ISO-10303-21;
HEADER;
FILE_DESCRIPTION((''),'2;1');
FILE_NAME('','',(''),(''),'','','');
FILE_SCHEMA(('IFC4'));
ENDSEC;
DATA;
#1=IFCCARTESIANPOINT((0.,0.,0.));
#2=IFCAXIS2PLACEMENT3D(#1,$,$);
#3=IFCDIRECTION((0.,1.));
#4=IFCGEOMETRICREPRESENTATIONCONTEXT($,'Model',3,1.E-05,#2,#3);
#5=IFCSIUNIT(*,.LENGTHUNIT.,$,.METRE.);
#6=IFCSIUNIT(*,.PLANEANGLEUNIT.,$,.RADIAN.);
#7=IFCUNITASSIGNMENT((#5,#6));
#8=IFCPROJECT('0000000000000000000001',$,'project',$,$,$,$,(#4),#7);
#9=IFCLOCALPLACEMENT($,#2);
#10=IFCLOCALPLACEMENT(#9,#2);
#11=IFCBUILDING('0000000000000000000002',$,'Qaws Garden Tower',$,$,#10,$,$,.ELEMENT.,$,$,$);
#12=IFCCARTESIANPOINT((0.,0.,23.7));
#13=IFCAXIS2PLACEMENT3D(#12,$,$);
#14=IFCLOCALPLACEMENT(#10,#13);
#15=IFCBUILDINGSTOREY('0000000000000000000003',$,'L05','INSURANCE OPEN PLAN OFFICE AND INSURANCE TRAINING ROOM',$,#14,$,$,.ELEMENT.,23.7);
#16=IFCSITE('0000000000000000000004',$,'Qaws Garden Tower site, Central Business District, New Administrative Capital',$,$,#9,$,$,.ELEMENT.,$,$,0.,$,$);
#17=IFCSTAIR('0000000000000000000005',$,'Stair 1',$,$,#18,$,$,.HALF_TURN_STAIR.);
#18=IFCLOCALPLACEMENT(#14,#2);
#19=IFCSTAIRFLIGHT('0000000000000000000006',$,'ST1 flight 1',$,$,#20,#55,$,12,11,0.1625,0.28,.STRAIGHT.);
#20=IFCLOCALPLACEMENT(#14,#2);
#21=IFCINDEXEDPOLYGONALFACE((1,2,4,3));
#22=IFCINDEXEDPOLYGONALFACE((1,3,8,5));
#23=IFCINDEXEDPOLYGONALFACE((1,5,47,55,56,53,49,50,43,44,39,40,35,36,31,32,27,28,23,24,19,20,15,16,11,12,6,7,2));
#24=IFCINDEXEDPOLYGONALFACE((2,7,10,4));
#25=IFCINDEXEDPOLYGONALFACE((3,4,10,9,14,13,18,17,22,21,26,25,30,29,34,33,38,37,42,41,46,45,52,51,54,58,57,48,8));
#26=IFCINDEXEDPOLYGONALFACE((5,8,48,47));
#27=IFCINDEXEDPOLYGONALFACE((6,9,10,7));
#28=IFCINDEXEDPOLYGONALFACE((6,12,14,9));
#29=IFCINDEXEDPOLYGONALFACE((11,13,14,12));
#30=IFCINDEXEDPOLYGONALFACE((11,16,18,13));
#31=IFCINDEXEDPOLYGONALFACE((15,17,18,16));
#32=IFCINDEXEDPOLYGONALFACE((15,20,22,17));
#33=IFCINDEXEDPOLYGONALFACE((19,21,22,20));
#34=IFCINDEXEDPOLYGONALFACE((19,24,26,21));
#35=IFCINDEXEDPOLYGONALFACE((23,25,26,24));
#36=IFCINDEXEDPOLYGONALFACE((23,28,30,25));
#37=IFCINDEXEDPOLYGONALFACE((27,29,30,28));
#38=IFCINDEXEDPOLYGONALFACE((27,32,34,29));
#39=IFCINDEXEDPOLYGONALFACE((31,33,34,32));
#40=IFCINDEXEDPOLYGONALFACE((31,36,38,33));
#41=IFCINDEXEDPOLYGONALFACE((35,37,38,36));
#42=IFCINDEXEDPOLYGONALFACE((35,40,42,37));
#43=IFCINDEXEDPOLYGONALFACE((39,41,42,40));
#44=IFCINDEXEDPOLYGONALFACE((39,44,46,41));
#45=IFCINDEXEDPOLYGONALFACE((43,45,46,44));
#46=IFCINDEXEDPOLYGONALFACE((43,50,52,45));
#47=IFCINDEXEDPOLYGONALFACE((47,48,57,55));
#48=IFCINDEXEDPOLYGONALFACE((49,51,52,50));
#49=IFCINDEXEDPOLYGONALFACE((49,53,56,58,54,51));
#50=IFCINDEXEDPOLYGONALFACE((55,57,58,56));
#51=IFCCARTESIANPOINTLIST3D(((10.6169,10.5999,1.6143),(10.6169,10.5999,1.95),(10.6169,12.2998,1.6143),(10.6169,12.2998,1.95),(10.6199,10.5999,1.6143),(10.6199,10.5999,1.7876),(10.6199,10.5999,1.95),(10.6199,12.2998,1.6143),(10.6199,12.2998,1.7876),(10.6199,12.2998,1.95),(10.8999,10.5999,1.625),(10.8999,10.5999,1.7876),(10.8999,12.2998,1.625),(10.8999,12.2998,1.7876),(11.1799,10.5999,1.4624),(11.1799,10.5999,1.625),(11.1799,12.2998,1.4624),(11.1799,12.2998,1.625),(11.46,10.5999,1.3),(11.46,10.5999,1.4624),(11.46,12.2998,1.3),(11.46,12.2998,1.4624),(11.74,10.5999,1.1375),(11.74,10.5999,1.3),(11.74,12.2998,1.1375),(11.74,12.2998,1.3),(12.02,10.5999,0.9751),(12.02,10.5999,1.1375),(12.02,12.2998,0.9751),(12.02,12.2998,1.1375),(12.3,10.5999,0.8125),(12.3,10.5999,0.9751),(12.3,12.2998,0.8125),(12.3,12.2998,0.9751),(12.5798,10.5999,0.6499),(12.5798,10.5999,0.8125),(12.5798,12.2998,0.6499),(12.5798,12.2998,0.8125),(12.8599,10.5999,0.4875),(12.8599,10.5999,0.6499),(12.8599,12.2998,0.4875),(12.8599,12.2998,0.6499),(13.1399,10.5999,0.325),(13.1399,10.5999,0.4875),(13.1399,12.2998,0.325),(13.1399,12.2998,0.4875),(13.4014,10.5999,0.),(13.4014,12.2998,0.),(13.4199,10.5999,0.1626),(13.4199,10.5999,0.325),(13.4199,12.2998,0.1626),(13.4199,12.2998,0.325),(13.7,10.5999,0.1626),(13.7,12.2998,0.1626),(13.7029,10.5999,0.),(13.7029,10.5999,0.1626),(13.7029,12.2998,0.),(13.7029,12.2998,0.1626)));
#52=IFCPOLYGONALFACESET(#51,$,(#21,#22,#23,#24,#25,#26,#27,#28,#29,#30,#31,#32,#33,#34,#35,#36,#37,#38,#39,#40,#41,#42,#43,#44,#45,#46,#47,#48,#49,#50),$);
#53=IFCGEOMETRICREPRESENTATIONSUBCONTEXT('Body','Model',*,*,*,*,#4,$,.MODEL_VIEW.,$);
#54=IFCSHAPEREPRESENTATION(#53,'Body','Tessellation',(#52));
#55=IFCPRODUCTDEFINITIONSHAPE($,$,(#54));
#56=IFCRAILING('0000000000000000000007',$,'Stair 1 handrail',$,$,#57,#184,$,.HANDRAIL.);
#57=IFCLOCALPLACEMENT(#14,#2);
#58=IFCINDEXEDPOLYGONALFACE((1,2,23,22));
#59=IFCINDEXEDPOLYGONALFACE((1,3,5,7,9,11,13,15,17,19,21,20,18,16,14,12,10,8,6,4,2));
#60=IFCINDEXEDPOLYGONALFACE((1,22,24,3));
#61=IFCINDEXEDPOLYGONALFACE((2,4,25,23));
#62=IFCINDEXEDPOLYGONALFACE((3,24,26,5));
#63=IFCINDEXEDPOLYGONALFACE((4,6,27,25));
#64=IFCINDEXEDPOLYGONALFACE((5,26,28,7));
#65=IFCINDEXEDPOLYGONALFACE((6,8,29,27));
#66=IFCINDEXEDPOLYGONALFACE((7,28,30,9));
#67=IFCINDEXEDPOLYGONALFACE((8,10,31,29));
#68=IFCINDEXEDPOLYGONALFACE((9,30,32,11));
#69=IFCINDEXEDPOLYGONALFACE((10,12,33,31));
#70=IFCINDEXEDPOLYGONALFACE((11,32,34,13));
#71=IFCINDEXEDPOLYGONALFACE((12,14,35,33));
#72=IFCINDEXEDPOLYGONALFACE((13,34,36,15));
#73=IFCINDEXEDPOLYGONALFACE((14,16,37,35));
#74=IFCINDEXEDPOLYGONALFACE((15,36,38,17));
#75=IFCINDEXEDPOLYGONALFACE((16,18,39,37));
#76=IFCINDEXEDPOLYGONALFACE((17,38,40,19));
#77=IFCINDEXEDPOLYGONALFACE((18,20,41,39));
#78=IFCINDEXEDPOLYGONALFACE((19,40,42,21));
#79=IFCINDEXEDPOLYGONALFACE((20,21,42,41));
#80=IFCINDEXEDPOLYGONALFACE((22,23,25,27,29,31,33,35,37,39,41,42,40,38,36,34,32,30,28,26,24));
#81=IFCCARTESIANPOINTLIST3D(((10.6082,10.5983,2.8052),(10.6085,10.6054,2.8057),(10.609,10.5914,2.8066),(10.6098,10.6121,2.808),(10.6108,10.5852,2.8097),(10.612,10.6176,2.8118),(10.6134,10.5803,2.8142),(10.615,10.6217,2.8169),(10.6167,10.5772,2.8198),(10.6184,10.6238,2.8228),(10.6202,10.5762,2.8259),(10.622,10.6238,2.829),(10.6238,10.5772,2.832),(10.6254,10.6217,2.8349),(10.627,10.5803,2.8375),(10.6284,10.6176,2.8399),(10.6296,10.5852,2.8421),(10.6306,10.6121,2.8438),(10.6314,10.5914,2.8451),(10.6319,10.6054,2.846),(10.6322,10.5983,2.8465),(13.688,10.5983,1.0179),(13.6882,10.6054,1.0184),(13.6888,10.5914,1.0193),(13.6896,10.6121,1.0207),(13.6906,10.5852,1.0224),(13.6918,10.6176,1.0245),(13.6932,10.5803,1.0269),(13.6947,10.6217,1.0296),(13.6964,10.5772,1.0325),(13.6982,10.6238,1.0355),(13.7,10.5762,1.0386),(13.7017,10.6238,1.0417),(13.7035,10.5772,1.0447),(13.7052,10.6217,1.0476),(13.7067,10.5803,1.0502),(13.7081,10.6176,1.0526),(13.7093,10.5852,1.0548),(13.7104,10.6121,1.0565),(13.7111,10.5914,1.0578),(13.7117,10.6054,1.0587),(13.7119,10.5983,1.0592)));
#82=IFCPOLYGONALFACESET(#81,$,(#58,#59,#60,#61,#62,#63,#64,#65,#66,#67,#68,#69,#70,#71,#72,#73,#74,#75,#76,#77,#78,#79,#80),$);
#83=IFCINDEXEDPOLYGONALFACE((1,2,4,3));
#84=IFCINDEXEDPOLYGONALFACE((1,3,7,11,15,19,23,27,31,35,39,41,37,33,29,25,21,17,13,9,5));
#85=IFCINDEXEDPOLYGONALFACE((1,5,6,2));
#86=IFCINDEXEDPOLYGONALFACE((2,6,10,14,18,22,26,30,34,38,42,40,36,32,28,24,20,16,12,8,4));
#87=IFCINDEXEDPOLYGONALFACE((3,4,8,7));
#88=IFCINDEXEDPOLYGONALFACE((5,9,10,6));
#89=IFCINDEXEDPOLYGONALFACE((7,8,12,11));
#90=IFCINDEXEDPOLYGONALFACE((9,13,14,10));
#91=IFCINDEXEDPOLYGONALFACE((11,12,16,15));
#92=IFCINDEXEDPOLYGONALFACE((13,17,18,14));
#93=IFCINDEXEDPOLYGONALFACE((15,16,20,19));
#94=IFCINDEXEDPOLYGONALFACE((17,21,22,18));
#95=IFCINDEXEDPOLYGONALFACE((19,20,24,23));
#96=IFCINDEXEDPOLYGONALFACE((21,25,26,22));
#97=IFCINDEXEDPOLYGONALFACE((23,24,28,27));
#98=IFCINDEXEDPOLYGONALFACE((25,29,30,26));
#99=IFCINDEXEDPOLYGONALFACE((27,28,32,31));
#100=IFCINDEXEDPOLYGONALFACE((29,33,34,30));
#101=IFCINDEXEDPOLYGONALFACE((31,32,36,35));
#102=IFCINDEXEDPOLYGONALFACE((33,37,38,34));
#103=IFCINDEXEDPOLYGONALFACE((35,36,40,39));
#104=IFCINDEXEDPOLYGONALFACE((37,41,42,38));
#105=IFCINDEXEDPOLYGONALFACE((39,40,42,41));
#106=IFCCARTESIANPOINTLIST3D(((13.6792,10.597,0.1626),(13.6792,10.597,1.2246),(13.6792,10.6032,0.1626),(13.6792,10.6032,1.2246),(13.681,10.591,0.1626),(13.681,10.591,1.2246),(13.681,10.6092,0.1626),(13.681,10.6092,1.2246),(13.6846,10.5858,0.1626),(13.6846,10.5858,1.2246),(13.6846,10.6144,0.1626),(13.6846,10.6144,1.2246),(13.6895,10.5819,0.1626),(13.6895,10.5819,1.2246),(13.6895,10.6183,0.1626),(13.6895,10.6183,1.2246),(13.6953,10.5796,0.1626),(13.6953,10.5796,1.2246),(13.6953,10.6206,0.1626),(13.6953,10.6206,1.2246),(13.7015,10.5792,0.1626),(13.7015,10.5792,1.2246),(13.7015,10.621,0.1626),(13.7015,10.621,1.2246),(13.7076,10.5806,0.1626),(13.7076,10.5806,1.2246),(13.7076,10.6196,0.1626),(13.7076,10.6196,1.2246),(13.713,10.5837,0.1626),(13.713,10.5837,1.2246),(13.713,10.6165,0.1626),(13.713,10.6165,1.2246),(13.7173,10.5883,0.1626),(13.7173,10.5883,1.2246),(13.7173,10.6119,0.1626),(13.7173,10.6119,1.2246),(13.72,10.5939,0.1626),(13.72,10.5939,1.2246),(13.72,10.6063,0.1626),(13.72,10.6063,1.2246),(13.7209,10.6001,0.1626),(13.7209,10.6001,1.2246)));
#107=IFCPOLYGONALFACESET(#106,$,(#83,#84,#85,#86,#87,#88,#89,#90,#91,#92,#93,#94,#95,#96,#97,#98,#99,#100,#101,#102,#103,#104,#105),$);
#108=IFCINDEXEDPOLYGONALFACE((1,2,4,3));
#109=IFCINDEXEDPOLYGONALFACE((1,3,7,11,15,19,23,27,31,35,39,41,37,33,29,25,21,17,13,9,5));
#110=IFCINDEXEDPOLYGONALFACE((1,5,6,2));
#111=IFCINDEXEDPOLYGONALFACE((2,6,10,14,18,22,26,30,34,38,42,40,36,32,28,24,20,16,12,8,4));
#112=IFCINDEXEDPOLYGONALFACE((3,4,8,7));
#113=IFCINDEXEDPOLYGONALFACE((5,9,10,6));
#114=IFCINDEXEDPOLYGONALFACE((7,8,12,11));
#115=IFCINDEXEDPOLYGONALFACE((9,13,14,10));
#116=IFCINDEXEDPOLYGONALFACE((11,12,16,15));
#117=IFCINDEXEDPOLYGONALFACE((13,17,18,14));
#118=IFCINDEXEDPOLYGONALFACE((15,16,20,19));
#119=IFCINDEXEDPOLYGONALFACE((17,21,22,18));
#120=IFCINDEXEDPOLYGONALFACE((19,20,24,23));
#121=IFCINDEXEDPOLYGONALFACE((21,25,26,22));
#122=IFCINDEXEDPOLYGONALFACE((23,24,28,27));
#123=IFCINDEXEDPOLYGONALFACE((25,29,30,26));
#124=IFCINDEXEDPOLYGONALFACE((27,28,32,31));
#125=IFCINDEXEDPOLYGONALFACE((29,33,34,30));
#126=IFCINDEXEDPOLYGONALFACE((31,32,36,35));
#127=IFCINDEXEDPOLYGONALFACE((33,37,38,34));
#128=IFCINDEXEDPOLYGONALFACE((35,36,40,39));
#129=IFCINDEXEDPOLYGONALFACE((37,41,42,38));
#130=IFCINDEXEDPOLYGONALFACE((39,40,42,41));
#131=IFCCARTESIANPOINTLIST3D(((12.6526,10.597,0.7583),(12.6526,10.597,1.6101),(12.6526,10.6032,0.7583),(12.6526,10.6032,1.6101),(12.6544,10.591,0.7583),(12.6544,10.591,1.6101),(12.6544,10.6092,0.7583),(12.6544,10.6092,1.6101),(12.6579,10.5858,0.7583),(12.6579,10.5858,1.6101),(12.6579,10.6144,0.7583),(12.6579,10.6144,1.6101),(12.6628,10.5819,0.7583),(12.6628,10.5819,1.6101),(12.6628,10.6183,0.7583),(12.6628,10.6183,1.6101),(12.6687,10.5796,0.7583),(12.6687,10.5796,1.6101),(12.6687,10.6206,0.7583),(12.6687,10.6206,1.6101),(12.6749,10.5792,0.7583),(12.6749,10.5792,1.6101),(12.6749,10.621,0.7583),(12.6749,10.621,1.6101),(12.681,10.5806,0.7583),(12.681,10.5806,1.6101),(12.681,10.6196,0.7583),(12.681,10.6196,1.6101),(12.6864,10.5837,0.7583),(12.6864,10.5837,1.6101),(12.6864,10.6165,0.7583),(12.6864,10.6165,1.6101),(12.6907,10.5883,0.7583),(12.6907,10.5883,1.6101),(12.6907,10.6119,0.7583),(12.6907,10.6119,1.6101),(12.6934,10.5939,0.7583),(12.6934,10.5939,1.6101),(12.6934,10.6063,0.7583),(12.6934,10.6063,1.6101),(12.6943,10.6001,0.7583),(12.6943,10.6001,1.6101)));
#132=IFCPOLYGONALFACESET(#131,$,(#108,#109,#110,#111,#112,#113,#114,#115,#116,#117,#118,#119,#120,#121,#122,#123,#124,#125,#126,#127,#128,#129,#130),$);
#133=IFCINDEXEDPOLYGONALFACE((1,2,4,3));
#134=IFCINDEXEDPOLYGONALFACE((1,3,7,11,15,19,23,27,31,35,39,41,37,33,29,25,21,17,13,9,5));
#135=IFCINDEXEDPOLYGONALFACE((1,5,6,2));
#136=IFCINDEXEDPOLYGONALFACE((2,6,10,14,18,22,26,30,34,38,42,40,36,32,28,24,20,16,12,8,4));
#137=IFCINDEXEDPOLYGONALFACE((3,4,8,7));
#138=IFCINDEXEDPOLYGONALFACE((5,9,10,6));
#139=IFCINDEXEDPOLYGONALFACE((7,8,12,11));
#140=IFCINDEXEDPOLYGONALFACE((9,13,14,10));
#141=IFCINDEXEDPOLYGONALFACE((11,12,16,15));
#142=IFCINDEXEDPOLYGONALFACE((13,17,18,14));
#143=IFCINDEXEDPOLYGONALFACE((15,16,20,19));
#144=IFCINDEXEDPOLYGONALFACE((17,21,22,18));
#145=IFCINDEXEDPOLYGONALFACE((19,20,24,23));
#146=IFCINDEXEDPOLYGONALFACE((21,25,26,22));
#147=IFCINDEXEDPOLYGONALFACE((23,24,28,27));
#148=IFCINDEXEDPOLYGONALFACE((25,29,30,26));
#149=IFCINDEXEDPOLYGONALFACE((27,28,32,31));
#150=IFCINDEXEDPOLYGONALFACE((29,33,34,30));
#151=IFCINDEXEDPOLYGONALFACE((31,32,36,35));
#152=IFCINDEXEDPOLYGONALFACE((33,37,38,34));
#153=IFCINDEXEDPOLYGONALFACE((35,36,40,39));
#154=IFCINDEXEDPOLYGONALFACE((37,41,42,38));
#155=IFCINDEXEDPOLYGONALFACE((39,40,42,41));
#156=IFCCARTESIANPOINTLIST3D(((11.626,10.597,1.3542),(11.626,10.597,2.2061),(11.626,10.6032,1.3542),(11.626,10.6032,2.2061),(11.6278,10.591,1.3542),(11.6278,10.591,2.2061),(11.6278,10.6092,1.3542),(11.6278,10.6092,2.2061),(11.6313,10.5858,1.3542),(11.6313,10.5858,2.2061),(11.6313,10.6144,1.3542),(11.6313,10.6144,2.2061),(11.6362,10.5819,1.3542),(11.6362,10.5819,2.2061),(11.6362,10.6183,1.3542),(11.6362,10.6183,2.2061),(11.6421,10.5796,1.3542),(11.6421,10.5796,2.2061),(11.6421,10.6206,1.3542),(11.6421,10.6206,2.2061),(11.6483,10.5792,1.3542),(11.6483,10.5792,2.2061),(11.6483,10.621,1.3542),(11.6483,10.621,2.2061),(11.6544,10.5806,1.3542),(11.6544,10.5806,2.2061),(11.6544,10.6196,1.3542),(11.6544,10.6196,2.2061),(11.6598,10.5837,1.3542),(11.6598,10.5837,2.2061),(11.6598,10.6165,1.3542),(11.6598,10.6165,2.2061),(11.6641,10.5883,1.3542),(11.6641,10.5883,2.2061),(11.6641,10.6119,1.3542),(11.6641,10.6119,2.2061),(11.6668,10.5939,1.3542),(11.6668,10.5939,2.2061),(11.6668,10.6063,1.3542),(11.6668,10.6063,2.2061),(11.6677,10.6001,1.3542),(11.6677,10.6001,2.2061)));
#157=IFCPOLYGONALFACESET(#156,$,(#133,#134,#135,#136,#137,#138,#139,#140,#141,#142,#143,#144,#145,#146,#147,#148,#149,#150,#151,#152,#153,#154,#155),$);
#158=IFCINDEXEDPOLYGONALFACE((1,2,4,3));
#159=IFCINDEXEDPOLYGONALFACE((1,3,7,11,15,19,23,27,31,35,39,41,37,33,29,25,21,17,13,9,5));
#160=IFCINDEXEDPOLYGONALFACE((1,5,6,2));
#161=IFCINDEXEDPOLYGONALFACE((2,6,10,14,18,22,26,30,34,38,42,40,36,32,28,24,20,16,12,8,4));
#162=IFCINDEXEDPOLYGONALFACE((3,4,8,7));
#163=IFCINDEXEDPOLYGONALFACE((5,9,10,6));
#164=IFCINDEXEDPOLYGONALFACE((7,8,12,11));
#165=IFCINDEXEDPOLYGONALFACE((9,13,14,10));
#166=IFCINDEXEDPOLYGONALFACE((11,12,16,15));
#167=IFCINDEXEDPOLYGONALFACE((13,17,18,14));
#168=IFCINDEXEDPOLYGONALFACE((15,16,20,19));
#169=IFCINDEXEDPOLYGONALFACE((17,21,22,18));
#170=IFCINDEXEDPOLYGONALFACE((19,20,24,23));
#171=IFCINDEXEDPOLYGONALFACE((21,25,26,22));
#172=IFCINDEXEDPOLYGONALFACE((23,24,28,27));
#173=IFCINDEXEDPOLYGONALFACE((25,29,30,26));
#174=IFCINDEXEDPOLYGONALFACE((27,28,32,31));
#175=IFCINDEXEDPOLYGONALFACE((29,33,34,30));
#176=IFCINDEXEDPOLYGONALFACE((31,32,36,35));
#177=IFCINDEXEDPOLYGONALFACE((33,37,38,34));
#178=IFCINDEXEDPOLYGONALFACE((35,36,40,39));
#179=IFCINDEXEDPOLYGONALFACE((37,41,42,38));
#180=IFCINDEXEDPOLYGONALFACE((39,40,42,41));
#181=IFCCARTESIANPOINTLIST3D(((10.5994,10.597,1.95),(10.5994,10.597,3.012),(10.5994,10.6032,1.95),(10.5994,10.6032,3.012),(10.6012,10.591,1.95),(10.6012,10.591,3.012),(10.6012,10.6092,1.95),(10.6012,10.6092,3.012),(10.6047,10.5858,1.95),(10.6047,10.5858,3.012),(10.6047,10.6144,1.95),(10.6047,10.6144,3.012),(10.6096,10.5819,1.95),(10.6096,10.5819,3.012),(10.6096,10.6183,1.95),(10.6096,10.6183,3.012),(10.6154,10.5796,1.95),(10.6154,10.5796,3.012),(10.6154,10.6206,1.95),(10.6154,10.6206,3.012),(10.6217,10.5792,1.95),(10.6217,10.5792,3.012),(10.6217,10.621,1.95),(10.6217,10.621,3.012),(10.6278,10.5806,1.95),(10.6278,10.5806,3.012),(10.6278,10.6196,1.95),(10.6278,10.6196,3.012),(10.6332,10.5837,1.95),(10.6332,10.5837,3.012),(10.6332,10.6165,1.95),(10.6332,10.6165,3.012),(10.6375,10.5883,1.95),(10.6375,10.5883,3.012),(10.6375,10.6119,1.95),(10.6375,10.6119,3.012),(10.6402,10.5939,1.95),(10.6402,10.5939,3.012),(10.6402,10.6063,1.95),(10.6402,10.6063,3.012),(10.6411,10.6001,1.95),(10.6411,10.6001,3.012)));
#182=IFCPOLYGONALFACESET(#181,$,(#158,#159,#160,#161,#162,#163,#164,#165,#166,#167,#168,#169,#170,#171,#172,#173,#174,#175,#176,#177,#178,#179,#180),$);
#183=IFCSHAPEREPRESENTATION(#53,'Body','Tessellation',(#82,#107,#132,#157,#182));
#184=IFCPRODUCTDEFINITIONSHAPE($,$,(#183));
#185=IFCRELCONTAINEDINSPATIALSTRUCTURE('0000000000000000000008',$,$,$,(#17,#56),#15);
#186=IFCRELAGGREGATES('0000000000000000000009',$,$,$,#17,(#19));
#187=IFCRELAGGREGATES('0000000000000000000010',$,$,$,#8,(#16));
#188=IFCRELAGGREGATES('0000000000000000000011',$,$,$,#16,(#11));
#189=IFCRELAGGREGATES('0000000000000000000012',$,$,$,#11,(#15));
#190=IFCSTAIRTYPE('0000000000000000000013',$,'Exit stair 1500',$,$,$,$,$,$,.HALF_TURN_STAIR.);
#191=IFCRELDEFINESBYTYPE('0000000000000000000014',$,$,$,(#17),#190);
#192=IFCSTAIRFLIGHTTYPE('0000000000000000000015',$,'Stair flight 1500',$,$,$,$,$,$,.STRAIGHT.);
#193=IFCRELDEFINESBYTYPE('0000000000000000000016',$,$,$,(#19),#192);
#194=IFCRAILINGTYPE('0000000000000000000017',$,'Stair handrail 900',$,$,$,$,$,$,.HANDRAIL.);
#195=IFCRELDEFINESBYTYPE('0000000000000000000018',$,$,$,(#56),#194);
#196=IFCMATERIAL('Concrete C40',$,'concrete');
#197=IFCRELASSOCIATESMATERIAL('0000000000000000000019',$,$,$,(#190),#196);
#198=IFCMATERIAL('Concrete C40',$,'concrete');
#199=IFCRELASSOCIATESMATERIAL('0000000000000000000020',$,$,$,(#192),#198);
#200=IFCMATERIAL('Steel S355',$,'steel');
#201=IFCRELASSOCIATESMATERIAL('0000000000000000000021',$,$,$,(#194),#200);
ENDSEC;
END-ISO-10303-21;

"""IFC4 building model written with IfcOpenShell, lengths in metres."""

from ifc_helpers import new_model, si_unit, direction, frame, origin, origin_2d, place, context, subcontext, project, spatial, polyline, circle, outline, extrude, material, type_object, element, aggregate, save


model = new_model("IFC4")

# Units and contexts
model_context = context("Model", 3, precision=1e-05, world=origin(), true_north=direction((0.0, 1.0)))
body_context = subcontext(model_context, "Body", "Model", "MODEL_VIEW")
ifc_project = project(units=[si_unit("LENGTHUNIT", "METRE"), si_unit("PLANEANGLEUNIT", "RADIAN")], contexts=[model_context])

# Site, building, storey
site_placement = place(None, origin())
site = spatial("IfcSite", under=ifc_project, at=site_placement, Name="Qaws Garden Tower site, Central Business District, New Administrative Capital", CompositionType="ELEMENT", RefElevation=0.0)
building_placement = place(site_placement, origin())
building = spatial("IfcBuilding", under=site, at=building_placement, Name="Qaws Garden Tower", CompositionType="ELEMENT")
storey_placement = place(building_placement, frame((0.0, 0.0, 23.7)))
storey = spatial("IfcBuildingStorey", under=building, at=storey_placement, Name="L05", Description="INSURANCE OPEN PLAN OFFICE AND INSURANCE TRAINING ROOM", CompositionType="ELEMENT", Elevation=23.7)

# Stair, stair flight
ifc_material_1 = material(Name="Concrete C40", Category="concrete")
stair_type = type_object("IfcStairType", Name="Exit stair 1500", PredefinedType="HALF_TURN_STAIR", material=ifc_material_1)
stair_placement = place(storey_placement, origin())
stair = element("IfcStair", 1, at=stair_placement, inside=storey, type_object=stair_type, Name="Stair 1", PredefinedType="HALF_TURN_STAIR")
ifc_material_2 = material(Name="Concrete C40", Category="concrete")
stair_flight_type = type_object("IfcStairFlightType", Name="Stair flight 1500", PredefinedType="STRAIGHT", material=ifc_material_2)
stair_flight_placement = place(storey_placement, frame((13.7, 11.45, 0.0), z_axis=(0.0, 0.0, 1.0), x_axis=(-1.0, 0.0, 0.0)))
stair_flight = element("IfcStairFlight", 2, at=stair_flight_placement, type_object=stair_flight_type, Name="ST1 flight 1", NumberOfRisers=12, NumberOfTreads=11, PredefinedType="STRAIGHT", RiserHeight=0.1625, TreadLength=0.28, context=body_context, shape_type="SweptSolid", body=[
    extrude(outline(polyline([(-0.0029, 0.0), (-0.0029, 0.1626), (0.0, 0.1626), (0.28, 0.1626), (0.28, 0.325), (0.5601, 0.325), (0.5601, 0.4875), (0.8401, 0.4875), (0.8401, 0.6499), (1.1201, 0.6499), (1.1201, 0.8125), (1.3999, 0.8125), (1.3999, 0.9751), (1.6799, 0.9751), (1.6799, 1.1375), (1.96, 1.1375), (1.96, 1.3), (2.24, 1.3), (2.24, 1.4624), (2.52, 1.4624), (2.52, 1.625), (2.8, 1.625), (2.8, 1.7876), (3.0801, 1.7876), (3.0801, 1.95), (3.083, 1.95), (3.083, 1.6143), (3.0801, 1.6143), (0.2986, 0.0), (-0.0029, 0.0)])), frame((0.0, 0.8501, 0.0), z_axis=(0.0, -1.0, 0.0), x_axis=(1.0, 0.0, 0.0)), (0.0, 0.0, 1.0), 1.7),
])
aggregate(stair, [stair_flight])

# Railing
ifc_material_3 = material(Name="Steel S355", Category="steel")
railing_type = type_object("IfcRailingType", Name="Stair handrail 900", PredefinedType="HANDRAIL", material=ifc_material_3)
railing_1_placement = place(storey_placement, frame((13.7, 10.6001, 0.1626)))
element("IfcRailing", 3, at=railing_1_placement, inside=storey, type_object=railing_type, Name="Stair 1 handrail", PredefinedType="HANDRAIL", context=body_context, shape_type="SweptSolid", body=[
    extrude(circle(Radius=0.0239, at=origin_2d()), frame((0.0, 0.0, 0.876), z_axis=(-0.864903, 0.0, 0.501939), x_axis=(0.0, -1.0, 0.0)), (0.0, 0.0, 1.0), 3.5608),
    extrude(circle(Radius=0.021, at=origin_2d()), origin(), (0.0, 0.0, 1.0), 1.062),
    extrude(circle(Radius=0.021, at=origin_2d()), frame((-1.0266, 0.0, 0.5957)), (0.0, 0.0, 1.0), 0.8518),
    extrude(circle(Radius=0.021, at=origin_2d()), frame((-2.0532, 0.0, 1.1917)), (0.0, 0.0, 1.0), 0.8518),
    extrude(circle(Radius=0.021, at=origin_2d()), frame((-3.0798, 0.0, 1.7874)), (0.0, 0.0, 1.0), 1.062),
])

save(model, "model.ifc")
